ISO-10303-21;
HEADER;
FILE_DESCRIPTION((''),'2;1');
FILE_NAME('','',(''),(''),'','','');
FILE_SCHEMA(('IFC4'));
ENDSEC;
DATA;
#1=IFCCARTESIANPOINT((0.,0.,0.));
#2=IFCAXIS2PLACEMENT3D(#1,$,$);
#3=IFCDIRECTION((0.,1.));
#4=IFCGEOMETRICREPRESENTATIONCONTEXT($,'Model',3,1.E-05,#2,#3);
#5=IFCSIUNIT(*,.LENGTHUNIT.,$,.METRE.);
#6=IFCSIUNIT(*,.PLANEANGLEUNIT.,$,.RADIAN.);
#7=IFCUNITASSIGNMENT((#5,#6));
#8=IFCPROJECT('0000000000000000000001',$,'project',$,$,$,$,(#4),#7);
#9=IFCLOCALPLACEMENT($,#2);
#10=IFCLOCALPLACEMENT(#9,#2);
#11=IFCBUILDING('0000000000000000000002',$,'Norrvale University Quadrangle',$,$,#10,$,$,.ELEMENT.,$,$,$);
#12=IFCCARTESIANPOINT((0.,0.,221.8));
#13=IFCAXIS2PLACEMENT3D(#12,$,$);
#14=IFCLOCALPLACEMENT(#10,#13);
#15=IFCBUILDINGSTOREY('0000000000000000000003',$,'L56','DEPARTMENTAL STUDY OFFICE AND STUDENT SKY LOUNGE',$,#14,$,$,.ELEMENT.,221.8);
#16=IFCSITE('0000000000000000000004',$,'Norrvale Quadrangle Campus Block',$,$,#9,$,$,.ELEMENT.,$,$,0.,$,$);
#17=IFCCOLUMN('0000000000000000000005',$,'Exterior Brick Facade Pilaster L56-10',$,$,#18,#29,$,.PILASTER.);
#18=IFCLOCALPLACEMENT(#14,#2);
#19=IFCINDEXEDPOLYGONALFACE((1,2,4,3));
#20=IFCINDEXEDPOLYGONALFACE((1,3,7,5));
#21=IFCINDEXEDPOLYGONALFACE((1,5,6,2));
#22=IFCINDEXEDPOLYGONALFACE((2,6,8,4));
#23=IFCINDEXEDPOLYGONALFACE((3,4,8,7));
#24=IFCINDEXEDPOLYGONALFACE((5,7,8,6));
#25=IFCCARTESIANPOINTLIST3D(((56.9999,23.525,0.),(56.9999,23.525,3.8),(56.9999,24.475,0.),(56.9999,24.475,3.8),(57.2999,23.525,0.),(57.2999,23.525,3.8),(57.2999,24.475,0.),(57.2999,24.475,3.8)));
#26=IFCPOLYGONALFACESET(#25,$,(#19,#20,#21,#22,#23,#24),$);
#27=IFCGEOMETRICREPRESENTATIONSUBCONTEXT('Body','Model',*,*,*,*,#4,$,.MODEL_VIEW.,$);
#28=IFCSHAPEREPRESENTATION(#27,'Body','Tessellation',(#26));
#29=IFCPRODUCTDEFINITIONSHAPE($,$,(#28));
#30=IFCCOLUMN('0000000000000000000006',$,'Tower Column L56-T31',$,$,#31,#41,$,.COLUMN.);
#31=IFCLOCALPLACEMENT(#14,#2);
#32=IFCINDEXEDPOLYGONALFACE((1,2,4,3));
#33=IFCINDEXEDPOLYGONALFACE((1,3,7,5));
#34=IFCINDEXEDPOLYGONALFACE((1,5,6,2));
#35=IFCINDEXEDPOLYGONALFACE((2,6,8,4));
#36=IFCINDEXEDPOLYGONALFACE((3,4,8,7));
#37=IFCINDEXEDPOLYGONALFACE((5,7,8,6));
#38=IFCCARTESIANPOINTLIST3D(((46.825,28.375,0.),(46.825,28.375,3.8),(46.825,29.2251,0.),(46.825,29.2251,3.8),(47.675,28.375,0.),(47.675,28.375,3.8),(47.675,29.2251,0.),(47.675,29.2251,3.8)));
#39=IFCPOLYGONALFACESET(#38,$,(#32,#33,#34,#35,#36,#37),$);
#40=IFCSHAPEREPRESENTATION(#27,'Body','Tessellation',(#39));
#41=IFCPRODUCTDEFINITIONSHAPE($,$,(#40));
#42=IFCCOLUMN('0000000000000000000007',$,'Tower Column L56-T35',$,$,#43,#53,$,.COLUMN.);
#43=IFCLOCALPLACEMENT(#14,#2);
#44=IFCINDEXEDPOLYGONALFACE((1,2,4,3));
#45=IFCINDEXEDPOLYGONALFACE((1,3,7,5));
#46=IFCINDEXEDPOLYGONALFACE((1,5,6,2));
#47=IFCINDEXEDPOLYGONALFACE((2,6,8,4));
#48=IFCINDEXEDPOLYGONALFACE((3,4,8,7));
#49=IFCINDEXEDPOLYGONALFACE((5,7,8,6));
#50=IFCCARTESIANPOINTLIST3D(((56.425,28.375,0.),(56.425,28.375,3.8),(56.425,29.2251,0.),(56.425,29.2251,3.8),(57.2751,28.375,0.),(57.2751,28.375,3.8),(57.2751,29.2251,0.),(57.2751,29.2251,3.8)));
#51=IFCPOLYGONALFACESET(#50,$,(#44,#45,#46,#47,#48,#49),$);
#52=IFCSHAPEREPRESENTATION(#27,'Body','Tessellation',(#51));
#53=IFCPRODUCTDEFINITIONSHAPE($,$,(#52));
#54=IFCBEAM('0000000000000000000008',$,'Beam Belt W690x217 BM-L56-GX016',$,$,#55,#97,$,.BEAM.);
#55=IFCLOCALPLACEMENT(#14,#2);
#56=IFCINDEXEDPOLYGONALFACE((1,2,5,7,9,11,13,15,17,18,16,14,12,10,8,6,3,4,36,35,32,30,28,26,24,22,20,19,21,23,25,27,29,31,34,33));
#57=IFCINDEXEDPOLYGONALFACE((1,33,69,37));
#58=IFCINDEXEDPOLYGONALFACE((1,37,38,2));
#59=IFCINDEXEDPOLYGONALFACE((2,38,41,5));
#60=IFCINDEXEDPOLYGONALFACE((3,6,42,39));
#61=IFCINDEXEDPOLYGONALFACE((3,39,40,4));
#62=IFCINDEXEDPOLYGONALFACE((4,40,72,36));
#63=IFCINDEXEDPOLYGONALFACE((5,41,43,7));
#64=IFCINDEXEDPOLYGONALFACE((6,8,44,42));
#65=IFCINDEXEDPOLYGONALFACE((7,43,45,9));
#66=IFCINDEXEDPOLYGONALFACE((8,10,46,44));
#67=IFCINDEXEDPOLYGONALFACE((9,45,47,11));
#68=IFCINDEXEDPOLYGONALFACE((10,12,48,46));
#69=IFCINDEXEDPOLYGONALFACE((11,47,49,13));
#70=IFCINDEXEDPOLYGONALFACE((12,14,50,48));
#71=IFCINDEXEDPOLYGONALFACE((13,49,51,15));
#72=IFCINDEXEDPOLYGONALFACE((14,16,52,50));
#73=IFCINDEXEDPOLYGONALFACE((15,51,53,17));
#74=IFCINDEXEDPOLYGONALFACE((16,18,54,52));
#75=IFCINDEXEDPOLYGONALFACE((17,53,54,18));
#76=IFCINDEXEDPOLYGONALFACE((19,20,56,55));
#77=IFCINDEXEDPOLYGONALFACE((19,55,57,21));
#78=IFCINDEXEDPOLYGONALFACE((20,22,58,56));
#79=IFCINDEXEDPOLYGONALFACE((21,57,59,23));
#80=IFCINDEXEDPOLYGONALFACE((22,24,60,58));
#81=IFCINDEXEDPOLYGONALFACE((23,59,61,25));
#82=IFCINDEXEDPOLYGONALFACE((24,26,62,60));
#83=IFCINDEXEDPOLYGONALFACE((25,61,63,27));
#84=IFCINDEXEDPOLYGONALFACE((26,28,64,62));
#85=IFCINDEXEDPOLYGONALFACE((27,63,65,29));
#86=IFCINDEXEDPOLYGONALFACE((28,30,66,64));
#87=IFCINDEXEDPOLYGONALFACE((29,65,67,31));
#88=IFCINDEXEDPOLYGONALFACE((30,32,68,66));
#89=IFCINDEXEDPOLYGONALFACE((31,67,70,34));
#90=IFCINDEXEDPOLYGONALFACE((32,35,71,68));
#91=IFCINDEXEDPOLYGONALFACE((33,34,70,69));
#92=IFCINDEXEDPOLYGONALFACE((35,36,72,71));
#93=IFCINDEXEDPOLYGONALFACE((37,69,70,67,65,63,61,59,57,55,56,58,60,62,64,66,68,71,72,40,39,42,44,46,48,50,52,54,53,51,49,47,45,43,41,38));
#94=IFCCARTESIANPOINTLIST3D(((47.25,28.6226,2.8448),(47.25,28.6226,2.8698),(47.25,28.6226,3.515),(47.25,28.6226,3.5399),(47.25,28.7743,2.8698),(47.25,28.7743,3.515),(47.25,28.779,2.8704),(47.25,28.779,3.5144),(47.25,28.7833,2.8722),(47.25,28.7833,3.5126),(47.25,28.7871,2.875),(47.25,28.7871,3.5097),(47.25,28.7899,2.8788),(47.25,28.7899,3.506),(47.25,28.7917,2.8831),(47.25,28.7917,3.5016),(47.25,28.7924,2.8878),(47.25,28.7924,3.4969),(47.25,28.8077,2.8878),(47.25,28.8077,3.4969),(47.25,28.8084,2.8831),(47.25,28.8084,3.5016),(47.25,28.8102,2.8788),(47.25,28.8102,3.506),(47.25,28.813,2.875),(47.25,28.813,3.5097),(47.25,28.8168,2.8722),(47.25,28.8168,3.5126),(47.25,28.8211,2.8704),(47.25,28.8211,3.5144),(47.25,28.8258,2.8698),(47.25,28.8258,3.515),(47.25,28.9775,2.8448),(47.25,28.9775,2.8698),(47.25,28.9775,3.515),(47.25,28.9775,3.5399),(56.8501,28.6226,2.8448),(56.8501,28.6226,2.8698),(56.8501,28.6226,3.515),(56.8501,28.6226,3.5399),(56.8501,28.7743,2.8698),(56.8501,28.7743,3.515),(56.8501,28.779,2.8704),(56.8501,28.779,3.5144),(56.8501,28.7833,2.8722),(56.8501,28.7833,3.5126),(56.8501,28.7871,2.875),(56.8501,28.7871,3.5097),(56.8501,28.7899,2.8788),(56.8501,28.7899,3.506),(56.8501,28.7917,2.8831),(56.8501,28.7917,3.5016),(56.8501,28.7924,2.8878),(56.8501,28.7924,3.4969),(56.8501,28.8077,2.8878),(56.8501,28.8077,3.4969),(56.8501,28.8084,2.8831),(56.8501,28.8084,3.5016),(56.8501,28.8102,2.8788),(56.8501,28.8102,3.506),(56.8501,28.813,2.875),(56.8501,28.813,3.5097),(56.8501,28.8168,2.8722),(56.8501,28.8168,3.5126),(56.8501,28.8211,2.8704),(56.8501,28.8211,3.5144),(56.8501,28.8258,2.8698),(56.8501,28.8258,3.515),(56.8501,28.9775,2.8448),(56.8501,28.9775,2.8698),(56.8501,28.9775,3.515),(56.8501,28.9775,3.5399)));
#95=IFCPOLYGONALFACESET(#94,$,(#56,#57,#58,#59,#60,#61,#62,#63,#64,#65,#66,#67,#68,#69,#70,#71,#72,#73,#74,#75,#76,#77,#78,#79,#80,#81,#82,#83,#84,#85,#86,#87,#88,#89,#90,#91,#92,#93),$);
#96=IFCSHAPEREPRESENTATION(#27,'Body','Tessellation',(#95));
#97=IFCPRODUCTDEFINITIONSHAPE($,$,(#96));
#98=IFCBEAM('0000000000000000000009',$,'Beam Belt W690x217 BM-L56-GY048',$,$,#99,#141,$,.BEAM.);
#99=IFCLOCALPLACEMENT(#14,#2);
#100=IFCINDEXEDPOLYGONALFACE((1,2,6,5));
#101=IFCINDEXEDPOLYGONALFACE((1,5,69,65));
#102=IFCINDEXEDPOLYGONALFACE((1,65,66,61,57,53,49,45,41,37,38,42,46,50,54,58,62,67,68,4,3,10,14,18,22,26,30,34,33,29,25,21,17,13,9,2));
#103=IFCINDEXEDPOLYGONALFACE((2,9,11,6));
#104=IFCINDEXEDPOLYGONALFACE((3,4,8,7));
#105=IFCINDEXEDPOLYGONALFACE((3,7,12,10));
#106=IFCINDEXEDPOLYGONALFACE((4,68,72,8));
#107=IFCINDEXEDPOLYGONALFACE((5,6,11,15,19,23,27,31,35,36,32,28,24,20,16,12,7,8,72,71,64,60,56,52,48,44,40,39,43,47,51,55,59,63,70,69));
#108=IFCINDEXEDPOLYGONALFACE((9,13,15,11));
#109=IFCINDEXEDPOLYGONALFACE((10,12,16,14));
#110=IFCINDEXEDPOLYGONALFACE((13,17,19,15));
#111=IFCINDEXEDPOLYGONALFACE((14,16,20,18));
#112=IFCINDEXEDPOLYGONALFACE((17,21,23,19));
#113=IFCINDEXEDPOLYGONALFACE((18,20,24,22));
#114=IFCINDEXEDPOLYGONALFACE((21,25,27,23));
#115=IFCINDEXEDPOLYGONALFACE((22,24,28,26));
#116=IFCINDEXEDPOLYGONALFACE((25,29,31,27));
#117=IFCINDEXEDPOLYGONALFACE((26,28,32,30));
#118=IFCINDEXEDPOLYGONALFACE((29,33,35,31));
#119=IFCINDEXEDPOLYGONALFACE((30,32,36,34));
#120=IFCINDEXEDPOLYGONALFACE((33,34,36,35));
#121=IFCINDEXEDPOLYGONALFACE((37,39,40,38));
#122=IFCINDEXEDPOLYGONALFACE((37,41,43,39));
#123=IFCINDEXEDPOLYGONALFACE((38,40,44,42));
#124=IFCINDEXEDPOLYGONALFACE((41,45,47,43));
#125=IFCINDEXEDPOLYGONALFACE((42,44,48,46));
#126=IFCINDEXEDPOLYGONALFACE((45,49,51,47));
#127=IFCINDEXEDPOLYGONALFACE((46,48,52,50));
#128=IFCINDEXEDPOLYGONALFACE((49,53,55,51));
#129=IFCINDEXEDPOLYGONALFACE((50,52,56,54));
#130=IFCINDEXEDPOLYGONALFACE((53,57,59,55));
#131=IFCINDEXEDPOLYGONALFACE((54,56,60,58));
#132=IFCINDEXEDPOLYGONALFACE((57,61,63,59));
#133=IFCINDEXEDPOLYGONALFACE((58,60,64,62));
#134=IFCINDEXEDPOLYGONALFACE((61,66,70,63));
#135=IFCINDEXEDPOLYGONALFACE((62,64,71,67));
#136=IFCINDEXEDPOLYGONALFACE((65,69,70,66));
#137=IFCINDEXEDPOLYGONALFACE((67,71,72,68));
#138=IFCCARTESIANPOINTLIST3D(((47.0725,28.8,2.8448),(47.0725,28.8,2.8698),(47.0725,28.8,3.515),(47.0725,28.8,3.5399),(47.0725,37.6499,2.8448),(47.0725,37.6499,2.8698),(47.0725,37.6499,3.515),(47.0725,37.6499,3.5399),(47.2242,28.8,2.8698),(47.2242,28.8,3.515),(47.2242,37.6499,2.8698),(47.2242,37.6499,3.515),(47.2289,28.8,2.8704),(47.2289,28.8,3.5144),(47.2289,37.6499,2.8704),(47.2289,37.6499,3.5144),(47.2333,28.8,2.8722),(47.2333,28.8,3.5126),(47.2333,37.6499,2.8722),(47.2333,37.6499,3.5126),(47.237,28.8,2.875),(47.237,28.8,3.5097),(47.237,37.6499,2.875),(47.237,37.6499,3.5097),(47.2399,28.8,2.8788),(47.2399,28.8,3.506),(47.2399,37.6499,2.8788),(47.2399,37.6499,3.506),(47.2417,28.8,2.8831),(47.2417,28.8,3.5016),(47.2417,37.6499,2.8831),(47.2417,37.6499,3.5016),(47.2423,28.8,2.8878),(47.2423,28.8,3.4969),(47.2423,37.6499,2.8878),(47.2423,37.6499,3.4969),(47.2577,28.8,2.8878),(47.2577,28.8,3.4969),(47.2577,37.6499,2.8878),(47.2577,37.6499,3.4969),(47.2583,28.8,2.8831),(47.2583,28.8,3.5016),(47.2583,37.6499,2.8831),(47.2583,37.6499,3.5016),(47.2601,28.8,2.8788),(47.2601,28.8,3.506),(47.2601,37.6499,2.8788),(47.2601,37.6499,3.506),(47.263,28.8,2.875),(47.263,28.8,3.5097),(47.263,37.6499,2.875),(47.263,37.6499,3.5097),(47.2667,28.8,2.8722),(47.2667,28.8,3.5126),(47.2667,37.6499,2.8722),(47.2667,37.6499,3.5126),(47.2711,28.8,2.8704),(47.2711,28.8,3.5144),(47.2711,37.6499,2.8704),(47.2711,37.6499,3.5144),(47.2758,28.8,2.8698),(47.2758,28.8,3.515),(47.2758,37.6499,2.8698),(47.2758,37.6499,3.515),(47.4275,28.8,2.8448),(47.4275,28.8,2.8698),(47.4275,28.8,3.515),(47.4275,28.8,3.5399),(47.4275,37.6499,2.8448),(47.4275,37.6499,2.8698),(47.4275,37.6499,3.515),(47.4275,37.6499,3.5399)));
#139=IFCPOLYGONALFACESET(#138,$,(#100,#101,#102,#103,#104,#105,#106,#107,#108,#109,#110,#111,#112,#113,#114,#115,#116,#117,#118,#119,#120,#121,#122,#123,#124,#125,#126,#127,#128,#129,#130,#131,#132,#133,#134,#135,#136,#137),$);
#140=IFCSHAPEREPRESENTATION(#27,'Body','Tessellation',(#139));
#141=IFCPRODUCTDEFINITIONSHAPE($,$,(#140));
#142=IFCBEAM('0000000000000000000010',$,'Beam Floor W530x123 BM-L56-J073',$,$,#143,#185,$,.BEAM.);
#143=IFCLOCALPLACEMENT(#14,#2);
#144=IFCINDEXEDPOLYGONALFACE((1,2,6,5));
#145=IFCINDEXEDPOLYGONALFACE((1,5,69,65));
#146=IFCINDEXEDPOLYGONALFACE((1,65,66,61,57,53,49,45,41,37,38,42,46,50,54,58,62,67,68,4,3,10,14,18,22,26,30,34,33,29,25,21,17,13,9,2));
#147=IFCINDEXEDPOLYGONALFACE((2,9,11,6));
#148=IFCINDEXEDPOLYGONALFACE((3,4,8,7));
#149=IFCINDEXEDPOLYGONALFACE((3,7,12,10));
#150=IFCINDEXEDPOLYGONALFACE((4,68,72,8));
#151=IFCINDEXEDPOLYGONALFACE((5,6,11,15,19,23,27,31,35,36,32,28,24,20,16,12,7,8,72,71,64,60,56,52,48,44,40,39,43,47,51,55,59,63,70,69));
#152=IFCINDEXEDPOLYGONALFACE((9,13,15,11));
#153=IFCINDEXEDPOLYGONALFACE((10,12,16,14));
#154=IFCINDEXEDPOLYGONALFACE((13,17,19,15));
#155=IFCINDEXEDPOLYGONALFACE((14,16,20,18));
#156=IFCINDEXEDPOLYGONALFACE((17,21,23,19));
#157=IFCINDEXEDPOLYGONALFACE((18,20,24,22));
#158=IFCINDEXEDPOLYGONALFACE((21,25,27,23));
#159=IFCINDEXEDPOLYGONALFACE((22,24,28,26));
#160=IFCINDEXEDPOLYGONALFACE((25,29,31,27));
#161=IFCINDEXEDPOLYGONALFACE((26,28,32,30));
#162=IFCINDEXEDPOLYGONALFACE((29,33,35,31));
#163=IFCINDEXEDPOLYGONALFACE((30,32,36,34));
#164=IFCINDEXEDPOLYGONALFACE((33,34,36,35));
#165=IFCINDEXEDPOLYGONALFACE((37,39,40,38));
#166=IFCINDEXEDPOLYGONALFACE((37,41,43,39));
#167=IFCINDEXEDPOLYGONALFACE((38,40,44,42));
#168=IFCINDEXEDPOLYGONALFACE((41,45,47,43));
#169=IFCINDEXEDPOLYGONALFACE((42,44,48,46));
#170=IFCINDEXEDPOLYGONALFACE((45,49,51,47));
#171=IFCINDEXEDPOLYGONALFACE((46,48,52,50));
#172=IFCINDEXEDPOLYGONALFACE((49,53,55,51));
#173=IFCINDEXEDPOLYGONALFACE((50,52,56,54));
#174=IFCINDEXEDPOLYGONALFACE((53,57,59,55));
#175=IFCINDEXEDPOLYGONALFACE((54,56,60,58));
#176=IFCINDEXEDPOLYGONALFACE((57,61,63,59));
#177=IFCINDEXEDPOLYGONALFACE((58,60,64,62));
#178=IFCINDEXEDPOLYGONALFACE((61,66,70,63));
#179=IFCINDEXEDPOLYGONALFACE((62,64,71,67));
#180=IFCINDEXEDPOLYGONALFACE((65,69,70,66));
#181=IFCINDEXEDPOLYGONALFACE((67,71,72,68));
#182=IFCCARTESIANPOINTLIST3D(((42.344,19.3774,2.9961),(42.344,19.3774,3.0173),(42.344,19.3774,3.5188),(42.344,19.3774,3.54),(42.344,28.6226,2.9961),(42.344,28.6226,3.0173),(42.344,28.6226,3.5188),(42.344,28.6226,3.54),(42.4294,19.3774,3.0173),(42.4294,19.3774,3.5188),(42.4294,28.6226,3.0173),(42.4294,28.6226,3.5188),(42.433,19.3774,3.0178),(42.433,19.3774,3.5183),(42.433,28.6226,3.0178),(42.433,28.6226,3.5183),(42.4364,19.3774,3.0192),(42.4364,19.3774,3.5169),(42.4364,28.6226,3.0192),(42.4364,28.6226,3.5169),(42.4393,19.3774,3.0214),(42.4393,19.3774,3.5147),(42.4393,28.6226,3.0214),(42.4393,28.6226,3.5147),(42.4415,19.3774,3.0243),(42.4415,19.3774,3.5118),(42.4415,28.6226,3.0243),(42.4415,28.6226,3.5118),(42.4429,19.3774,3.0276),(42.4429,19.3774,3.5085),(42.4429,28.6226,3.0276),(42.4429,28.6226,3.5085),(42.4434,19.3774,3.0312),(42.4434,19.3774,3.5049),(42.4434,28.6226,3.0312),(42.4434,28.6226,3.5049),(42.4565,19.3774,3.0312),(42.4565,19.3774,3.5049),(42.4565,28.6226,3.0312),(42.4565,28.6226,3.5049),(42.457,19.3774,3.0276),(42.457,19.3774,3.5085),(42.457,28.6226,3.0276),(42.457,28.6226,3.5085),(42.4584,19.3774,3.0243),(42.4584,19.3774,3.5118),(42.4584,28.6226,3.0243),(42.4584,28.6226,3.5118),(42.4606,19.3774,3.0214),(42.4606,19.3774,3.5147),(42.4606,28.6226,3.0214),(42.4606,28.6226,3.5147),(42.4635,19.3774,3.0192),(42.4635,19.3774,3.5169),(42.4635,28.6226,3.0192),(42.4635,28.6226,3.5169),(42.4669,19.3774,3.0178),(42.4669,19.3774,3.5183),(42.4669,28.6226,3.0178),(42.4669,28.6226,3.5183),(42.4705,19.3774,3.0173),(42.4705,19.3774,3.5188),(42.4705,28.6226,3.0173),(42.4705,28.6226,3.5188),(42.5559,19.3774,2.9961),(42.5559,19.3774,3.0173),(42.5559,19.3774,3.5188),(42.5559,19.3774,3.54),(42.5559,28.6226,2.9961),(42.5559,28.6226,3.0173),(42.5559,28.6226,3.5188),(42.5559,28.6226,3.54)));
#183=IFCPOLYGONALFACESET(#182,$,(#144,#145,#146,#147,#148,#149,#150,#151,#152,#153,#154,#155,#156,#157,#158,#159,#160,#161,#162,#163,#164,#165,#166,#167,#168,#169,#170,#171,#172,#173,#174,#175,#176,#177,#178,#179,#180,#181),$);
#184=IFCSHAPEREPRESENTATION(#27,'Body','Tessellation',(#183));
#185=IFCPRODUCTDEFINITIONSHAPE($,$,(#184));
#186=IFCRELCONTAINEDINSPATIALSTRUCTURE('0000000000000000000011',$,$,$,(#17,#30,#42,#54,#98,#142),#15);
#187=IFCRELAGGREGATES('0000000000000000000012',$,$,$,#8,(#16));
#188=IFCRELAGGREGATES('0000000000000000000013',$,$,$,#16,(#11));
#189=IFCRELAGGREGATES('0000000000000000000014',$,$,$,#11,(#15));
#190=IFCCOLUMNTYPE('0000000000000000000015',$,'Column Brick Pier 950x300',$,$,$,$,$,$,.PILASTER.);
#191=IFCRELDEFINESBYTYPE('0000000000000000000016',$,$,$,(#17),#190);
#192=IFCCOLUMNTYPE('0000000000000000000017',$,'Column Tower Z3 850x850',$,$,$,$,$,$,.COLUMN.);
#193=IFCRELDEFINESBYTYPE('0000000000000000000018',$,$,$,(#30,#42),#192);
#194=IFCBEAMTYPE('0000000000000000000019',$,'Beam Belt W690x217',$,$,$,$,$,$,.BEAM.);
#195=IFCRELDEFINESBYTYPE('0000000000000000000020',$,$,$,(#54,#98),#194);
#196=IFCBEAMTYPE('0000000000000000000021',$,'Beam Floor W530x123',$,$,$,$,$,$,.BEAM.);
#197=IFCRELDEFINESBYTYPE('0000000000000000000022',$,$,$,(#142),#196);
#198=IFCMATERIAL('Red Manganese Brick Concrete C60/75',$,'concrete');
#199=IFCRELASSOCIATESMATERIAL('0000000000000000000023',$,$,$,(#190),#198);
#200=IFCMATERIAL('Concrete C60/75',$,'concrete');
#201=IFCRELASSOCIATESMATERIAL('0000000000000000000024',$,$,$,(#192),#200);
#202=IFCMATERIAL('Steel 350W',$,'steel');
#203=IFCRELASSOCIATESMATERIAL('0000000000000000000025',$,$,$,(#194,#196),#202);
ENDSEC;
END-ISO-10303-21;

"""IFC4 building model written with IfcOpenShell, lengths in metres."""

from ifc_helpers import new_model, si_unit, direction, frame, origin, origin_2d, place, context, subcontext, project, spatial, rectangle, i_section, extrude, material, material_profile, profile_set, type_object, element, save


model = new_model("IFC4")

# Units and contexts
model_context = context("Model", 3, precision=1e-05, world=origin(), true_north=direction((0.0, 1.0)))
body_context = subcontext(model_context, "Body", "Model", "MODEL_VIEW")
ifc_project = project(units=[si_unit("LENGTHUNIT", "METRE"), si_unit("PLANEANGLEUNIT", "RADIAN")], contexts=[model_context])

# Site, building, storey
site_placement = place(None, origin())
site = spatial("IfcSite", under=ifc_project, at=site_placement, Name="Norrvale Quadrangle Campus Block", CompositionType="ELEMENT", RefElevation=0.0)
building_placement = place(site_placement, origin())
building = spatial("IfcBuilding", under=site, at=building_placement, Name="Norrvale University Quadrangle", CompositionType="ELEMENT")
storey_placement = place(building_placement, frame((0.0, 0.0, 221.8)))
storey = spatial("IfcBuildingStorey", under=building, at=storey_placement, Name="L56", Description="DEPARTMENTAL STUDY OFFICE AND STUDENT SKY LOUNGE", CompositionType="ELEMENT", Elevation=221.8)

# Columns
ifc_material_1 = material(Name="Red Manganese Brick Concrete C60/75", Category="concrete")
ifc_material_profile_1 = material_profile(ifc_material_1, rectangle(XDim=0.95, YDim=0.3, at=origin_2d()), Name="Red Manganese Brick Concrete C60/75")
ifc_profile_set_1 = profile_set([ifc_material_profile_1], Name="Red Manganese Brick Concrete C60/75")
column_type_1 = type_object("IfcColumnType", Name="Column Brick Pier 950x300", PredefinedType="PILASTER", material=ifc_profile_set_1)
column_placement = place(storey_placement, frame((57.1499, 24.0, 0.0), z_axis=(0.0, 0.0, 1.0), x_axis=(0.0, 1.0, 0.0)))
element("IfcColumn", 1, at=column_placement, inside=storey, type_object=column_type_1, Name="Exterior Brick Facade Pilaster L56-10", PredefinedType="PILASTER", context=body_context, shape_type="SweptSolid", body=[
    extrude(rectangle(XDim=0.95, YDim=0.3, at=origin_2d()), origin(), (0.0, 0.0, 1.0), 3.8),
])
ifc_material_2 = material(Name="Concrete C60/75", Category="concrete")
ifc_material_profile_2 = material_profile(ifc_material_2, rectangle(XDim=0.8501, YDim=0.8501, at=origin_2d()), Name="Concrete C60/75")
ifc_profile_set_2 = profile_set([ifc_material_profile_2], Name="Concrete C60/75")
column_type_2 = type_object("IfcColumnType", Name="Column Tower Z3 850x850", PredefinedType="COLUMN", material=ifc_profile_set_2)
for number, where, z_axis, x_axis, name in (
    (2, (47.25, 28.8, 0.0), (0.0, 0.0, 1.0), (1.0, 0.0, 0.0), "Tower Column L56-T31"),
    (3, (56.8501, 28.8, 0.0), (0.0, 0.0, 1.0), (1.0, 0.0, 0.0), "Tower Column L56-T35"),
):
    element("IfcColumn", number, at=place(storey_placement, frame(where, z_axis=z_axis, x_axis=x_axis)), inside=storey, type_object=column_type_2, Name=name, PredefinedType="COLUMN", context=body_context, shape_type="SweptSolid", body=[
        extrude(rectangle(XDim=0.8501, YDim=0.8501, at=origin_2d()), origin(), (0.0, 0.0, 1.0), 3.8),
    ])

# Beams
ifc_material_3 = material(Name="Steel 350W", Category="steel")
ifc_material_profile_3 = material_profile(ifc_material_3, i_section(OverallWidth=0.355, OverallDepth=0.6951, WebThickness=0.0154, FlangeThickness=0.0249, FilletRadius=0.0181, at=origin_2d()), Name="Steel 350W")
ifc_profile_set_3 = profile_set([ifc_material_profile_3], Name="Steel 350W")
beam_type_1 = type_object("IfcBeamType", Name="Beam Belt W690x217", PredefinedType="BEAM", material=ifc_profile_set_3)
beam_1_placement = place(storey_placement, frame((47.25, 28.8, 3.1924), z_axis=(1.0, 0.0, 0.0), x_axis=(0.0, 1.0, 0.0)))
element("IfcBeam", 4, at=beam_1_placement, inside=storey, type_object=beam_type_1, Name="Beam Belt W690x217 BM-L56-GX016", PredefinedType="BEAM", context=body_context, shape_type="SweptSolid", body=[
    extrude(i_section(OverallWidth=0.355, OverallDepth=0.6951, WebThickness=0.0154, FlangeThickness=0.0249, FilletRadius=0.0181, at=origin_2d()), origin(), (0.0, 0.0, 1.0), 9.6001),
])
beam_2_placement = place(storey_placement, frame((47.25, 28.8, 3.1924), z_axis=(0.0, 1.0, 0.0), x_axis=(-1.0, 0.0, 0.0)))
element("IfcBeam", 5, at=beam_2_placement, inside=storey, type_object=beam_type_1, Name="Beam Belt W690x217 BM-L56-GY048", PredefinedType="BEAM", context=body_context, shape_type="SweptSolid", body=[
    extrude(i_section(OverallWidth=0.355, OverallDepth=0.6951, WebThickness=0.0154, FlangeThickness=0.0249, FilletRadius=0.0181, at=origin_2d()), origin(), (0.0, 0.0, 1.0), 8.8499),
])
ifc_material_profile_4 = material_profile(ifc_material_3, i_section(OverallWidth=0.2119, OverallDepth=0.5439, WebThickness=0.0132, FlangeThickness=0.0212, FilletRadius=0.0139, at=origin_2d()), Name="Steel 350W")
ifc_profile_set_4 = profile_set([ifc_material_profile_4], Name="Steel 350W")
beam_type_2 = type_object("IfcBeamType", Name="Beam Floor W530x123", PredefinedType="BEAM", material=ifc_profile_set_4)
for number, where, z_axis, x_axis, name in (
    (6, (42.45, 19.3774, 3.2681), (0.0, 1.0, 0.0), (-1.0, 0.0, 0.0), "Beam Floor W530x123 BM-L56-J073"),
):
    element("IfcBeam", number, at=place(storey_placement, frame(where, z_axis=z_axis, x_axis=x_axis)), inside=storey, type_object=beam_type_2, Name=name, PredefinedType="BEAM", context=body_context, shape_type="SweptSolid", body=[
        extrude(i_section(OverallWidth=0.2119, OverallDepth=0.5439, WebThickness=0.0132, FlangeThickness=0.0212, FilletRadius=0.0139, at=origin_2d()), origin(), (0.0, 0.0, 1.0), 9.2451),
    ])

save(model, "model.ifc")
